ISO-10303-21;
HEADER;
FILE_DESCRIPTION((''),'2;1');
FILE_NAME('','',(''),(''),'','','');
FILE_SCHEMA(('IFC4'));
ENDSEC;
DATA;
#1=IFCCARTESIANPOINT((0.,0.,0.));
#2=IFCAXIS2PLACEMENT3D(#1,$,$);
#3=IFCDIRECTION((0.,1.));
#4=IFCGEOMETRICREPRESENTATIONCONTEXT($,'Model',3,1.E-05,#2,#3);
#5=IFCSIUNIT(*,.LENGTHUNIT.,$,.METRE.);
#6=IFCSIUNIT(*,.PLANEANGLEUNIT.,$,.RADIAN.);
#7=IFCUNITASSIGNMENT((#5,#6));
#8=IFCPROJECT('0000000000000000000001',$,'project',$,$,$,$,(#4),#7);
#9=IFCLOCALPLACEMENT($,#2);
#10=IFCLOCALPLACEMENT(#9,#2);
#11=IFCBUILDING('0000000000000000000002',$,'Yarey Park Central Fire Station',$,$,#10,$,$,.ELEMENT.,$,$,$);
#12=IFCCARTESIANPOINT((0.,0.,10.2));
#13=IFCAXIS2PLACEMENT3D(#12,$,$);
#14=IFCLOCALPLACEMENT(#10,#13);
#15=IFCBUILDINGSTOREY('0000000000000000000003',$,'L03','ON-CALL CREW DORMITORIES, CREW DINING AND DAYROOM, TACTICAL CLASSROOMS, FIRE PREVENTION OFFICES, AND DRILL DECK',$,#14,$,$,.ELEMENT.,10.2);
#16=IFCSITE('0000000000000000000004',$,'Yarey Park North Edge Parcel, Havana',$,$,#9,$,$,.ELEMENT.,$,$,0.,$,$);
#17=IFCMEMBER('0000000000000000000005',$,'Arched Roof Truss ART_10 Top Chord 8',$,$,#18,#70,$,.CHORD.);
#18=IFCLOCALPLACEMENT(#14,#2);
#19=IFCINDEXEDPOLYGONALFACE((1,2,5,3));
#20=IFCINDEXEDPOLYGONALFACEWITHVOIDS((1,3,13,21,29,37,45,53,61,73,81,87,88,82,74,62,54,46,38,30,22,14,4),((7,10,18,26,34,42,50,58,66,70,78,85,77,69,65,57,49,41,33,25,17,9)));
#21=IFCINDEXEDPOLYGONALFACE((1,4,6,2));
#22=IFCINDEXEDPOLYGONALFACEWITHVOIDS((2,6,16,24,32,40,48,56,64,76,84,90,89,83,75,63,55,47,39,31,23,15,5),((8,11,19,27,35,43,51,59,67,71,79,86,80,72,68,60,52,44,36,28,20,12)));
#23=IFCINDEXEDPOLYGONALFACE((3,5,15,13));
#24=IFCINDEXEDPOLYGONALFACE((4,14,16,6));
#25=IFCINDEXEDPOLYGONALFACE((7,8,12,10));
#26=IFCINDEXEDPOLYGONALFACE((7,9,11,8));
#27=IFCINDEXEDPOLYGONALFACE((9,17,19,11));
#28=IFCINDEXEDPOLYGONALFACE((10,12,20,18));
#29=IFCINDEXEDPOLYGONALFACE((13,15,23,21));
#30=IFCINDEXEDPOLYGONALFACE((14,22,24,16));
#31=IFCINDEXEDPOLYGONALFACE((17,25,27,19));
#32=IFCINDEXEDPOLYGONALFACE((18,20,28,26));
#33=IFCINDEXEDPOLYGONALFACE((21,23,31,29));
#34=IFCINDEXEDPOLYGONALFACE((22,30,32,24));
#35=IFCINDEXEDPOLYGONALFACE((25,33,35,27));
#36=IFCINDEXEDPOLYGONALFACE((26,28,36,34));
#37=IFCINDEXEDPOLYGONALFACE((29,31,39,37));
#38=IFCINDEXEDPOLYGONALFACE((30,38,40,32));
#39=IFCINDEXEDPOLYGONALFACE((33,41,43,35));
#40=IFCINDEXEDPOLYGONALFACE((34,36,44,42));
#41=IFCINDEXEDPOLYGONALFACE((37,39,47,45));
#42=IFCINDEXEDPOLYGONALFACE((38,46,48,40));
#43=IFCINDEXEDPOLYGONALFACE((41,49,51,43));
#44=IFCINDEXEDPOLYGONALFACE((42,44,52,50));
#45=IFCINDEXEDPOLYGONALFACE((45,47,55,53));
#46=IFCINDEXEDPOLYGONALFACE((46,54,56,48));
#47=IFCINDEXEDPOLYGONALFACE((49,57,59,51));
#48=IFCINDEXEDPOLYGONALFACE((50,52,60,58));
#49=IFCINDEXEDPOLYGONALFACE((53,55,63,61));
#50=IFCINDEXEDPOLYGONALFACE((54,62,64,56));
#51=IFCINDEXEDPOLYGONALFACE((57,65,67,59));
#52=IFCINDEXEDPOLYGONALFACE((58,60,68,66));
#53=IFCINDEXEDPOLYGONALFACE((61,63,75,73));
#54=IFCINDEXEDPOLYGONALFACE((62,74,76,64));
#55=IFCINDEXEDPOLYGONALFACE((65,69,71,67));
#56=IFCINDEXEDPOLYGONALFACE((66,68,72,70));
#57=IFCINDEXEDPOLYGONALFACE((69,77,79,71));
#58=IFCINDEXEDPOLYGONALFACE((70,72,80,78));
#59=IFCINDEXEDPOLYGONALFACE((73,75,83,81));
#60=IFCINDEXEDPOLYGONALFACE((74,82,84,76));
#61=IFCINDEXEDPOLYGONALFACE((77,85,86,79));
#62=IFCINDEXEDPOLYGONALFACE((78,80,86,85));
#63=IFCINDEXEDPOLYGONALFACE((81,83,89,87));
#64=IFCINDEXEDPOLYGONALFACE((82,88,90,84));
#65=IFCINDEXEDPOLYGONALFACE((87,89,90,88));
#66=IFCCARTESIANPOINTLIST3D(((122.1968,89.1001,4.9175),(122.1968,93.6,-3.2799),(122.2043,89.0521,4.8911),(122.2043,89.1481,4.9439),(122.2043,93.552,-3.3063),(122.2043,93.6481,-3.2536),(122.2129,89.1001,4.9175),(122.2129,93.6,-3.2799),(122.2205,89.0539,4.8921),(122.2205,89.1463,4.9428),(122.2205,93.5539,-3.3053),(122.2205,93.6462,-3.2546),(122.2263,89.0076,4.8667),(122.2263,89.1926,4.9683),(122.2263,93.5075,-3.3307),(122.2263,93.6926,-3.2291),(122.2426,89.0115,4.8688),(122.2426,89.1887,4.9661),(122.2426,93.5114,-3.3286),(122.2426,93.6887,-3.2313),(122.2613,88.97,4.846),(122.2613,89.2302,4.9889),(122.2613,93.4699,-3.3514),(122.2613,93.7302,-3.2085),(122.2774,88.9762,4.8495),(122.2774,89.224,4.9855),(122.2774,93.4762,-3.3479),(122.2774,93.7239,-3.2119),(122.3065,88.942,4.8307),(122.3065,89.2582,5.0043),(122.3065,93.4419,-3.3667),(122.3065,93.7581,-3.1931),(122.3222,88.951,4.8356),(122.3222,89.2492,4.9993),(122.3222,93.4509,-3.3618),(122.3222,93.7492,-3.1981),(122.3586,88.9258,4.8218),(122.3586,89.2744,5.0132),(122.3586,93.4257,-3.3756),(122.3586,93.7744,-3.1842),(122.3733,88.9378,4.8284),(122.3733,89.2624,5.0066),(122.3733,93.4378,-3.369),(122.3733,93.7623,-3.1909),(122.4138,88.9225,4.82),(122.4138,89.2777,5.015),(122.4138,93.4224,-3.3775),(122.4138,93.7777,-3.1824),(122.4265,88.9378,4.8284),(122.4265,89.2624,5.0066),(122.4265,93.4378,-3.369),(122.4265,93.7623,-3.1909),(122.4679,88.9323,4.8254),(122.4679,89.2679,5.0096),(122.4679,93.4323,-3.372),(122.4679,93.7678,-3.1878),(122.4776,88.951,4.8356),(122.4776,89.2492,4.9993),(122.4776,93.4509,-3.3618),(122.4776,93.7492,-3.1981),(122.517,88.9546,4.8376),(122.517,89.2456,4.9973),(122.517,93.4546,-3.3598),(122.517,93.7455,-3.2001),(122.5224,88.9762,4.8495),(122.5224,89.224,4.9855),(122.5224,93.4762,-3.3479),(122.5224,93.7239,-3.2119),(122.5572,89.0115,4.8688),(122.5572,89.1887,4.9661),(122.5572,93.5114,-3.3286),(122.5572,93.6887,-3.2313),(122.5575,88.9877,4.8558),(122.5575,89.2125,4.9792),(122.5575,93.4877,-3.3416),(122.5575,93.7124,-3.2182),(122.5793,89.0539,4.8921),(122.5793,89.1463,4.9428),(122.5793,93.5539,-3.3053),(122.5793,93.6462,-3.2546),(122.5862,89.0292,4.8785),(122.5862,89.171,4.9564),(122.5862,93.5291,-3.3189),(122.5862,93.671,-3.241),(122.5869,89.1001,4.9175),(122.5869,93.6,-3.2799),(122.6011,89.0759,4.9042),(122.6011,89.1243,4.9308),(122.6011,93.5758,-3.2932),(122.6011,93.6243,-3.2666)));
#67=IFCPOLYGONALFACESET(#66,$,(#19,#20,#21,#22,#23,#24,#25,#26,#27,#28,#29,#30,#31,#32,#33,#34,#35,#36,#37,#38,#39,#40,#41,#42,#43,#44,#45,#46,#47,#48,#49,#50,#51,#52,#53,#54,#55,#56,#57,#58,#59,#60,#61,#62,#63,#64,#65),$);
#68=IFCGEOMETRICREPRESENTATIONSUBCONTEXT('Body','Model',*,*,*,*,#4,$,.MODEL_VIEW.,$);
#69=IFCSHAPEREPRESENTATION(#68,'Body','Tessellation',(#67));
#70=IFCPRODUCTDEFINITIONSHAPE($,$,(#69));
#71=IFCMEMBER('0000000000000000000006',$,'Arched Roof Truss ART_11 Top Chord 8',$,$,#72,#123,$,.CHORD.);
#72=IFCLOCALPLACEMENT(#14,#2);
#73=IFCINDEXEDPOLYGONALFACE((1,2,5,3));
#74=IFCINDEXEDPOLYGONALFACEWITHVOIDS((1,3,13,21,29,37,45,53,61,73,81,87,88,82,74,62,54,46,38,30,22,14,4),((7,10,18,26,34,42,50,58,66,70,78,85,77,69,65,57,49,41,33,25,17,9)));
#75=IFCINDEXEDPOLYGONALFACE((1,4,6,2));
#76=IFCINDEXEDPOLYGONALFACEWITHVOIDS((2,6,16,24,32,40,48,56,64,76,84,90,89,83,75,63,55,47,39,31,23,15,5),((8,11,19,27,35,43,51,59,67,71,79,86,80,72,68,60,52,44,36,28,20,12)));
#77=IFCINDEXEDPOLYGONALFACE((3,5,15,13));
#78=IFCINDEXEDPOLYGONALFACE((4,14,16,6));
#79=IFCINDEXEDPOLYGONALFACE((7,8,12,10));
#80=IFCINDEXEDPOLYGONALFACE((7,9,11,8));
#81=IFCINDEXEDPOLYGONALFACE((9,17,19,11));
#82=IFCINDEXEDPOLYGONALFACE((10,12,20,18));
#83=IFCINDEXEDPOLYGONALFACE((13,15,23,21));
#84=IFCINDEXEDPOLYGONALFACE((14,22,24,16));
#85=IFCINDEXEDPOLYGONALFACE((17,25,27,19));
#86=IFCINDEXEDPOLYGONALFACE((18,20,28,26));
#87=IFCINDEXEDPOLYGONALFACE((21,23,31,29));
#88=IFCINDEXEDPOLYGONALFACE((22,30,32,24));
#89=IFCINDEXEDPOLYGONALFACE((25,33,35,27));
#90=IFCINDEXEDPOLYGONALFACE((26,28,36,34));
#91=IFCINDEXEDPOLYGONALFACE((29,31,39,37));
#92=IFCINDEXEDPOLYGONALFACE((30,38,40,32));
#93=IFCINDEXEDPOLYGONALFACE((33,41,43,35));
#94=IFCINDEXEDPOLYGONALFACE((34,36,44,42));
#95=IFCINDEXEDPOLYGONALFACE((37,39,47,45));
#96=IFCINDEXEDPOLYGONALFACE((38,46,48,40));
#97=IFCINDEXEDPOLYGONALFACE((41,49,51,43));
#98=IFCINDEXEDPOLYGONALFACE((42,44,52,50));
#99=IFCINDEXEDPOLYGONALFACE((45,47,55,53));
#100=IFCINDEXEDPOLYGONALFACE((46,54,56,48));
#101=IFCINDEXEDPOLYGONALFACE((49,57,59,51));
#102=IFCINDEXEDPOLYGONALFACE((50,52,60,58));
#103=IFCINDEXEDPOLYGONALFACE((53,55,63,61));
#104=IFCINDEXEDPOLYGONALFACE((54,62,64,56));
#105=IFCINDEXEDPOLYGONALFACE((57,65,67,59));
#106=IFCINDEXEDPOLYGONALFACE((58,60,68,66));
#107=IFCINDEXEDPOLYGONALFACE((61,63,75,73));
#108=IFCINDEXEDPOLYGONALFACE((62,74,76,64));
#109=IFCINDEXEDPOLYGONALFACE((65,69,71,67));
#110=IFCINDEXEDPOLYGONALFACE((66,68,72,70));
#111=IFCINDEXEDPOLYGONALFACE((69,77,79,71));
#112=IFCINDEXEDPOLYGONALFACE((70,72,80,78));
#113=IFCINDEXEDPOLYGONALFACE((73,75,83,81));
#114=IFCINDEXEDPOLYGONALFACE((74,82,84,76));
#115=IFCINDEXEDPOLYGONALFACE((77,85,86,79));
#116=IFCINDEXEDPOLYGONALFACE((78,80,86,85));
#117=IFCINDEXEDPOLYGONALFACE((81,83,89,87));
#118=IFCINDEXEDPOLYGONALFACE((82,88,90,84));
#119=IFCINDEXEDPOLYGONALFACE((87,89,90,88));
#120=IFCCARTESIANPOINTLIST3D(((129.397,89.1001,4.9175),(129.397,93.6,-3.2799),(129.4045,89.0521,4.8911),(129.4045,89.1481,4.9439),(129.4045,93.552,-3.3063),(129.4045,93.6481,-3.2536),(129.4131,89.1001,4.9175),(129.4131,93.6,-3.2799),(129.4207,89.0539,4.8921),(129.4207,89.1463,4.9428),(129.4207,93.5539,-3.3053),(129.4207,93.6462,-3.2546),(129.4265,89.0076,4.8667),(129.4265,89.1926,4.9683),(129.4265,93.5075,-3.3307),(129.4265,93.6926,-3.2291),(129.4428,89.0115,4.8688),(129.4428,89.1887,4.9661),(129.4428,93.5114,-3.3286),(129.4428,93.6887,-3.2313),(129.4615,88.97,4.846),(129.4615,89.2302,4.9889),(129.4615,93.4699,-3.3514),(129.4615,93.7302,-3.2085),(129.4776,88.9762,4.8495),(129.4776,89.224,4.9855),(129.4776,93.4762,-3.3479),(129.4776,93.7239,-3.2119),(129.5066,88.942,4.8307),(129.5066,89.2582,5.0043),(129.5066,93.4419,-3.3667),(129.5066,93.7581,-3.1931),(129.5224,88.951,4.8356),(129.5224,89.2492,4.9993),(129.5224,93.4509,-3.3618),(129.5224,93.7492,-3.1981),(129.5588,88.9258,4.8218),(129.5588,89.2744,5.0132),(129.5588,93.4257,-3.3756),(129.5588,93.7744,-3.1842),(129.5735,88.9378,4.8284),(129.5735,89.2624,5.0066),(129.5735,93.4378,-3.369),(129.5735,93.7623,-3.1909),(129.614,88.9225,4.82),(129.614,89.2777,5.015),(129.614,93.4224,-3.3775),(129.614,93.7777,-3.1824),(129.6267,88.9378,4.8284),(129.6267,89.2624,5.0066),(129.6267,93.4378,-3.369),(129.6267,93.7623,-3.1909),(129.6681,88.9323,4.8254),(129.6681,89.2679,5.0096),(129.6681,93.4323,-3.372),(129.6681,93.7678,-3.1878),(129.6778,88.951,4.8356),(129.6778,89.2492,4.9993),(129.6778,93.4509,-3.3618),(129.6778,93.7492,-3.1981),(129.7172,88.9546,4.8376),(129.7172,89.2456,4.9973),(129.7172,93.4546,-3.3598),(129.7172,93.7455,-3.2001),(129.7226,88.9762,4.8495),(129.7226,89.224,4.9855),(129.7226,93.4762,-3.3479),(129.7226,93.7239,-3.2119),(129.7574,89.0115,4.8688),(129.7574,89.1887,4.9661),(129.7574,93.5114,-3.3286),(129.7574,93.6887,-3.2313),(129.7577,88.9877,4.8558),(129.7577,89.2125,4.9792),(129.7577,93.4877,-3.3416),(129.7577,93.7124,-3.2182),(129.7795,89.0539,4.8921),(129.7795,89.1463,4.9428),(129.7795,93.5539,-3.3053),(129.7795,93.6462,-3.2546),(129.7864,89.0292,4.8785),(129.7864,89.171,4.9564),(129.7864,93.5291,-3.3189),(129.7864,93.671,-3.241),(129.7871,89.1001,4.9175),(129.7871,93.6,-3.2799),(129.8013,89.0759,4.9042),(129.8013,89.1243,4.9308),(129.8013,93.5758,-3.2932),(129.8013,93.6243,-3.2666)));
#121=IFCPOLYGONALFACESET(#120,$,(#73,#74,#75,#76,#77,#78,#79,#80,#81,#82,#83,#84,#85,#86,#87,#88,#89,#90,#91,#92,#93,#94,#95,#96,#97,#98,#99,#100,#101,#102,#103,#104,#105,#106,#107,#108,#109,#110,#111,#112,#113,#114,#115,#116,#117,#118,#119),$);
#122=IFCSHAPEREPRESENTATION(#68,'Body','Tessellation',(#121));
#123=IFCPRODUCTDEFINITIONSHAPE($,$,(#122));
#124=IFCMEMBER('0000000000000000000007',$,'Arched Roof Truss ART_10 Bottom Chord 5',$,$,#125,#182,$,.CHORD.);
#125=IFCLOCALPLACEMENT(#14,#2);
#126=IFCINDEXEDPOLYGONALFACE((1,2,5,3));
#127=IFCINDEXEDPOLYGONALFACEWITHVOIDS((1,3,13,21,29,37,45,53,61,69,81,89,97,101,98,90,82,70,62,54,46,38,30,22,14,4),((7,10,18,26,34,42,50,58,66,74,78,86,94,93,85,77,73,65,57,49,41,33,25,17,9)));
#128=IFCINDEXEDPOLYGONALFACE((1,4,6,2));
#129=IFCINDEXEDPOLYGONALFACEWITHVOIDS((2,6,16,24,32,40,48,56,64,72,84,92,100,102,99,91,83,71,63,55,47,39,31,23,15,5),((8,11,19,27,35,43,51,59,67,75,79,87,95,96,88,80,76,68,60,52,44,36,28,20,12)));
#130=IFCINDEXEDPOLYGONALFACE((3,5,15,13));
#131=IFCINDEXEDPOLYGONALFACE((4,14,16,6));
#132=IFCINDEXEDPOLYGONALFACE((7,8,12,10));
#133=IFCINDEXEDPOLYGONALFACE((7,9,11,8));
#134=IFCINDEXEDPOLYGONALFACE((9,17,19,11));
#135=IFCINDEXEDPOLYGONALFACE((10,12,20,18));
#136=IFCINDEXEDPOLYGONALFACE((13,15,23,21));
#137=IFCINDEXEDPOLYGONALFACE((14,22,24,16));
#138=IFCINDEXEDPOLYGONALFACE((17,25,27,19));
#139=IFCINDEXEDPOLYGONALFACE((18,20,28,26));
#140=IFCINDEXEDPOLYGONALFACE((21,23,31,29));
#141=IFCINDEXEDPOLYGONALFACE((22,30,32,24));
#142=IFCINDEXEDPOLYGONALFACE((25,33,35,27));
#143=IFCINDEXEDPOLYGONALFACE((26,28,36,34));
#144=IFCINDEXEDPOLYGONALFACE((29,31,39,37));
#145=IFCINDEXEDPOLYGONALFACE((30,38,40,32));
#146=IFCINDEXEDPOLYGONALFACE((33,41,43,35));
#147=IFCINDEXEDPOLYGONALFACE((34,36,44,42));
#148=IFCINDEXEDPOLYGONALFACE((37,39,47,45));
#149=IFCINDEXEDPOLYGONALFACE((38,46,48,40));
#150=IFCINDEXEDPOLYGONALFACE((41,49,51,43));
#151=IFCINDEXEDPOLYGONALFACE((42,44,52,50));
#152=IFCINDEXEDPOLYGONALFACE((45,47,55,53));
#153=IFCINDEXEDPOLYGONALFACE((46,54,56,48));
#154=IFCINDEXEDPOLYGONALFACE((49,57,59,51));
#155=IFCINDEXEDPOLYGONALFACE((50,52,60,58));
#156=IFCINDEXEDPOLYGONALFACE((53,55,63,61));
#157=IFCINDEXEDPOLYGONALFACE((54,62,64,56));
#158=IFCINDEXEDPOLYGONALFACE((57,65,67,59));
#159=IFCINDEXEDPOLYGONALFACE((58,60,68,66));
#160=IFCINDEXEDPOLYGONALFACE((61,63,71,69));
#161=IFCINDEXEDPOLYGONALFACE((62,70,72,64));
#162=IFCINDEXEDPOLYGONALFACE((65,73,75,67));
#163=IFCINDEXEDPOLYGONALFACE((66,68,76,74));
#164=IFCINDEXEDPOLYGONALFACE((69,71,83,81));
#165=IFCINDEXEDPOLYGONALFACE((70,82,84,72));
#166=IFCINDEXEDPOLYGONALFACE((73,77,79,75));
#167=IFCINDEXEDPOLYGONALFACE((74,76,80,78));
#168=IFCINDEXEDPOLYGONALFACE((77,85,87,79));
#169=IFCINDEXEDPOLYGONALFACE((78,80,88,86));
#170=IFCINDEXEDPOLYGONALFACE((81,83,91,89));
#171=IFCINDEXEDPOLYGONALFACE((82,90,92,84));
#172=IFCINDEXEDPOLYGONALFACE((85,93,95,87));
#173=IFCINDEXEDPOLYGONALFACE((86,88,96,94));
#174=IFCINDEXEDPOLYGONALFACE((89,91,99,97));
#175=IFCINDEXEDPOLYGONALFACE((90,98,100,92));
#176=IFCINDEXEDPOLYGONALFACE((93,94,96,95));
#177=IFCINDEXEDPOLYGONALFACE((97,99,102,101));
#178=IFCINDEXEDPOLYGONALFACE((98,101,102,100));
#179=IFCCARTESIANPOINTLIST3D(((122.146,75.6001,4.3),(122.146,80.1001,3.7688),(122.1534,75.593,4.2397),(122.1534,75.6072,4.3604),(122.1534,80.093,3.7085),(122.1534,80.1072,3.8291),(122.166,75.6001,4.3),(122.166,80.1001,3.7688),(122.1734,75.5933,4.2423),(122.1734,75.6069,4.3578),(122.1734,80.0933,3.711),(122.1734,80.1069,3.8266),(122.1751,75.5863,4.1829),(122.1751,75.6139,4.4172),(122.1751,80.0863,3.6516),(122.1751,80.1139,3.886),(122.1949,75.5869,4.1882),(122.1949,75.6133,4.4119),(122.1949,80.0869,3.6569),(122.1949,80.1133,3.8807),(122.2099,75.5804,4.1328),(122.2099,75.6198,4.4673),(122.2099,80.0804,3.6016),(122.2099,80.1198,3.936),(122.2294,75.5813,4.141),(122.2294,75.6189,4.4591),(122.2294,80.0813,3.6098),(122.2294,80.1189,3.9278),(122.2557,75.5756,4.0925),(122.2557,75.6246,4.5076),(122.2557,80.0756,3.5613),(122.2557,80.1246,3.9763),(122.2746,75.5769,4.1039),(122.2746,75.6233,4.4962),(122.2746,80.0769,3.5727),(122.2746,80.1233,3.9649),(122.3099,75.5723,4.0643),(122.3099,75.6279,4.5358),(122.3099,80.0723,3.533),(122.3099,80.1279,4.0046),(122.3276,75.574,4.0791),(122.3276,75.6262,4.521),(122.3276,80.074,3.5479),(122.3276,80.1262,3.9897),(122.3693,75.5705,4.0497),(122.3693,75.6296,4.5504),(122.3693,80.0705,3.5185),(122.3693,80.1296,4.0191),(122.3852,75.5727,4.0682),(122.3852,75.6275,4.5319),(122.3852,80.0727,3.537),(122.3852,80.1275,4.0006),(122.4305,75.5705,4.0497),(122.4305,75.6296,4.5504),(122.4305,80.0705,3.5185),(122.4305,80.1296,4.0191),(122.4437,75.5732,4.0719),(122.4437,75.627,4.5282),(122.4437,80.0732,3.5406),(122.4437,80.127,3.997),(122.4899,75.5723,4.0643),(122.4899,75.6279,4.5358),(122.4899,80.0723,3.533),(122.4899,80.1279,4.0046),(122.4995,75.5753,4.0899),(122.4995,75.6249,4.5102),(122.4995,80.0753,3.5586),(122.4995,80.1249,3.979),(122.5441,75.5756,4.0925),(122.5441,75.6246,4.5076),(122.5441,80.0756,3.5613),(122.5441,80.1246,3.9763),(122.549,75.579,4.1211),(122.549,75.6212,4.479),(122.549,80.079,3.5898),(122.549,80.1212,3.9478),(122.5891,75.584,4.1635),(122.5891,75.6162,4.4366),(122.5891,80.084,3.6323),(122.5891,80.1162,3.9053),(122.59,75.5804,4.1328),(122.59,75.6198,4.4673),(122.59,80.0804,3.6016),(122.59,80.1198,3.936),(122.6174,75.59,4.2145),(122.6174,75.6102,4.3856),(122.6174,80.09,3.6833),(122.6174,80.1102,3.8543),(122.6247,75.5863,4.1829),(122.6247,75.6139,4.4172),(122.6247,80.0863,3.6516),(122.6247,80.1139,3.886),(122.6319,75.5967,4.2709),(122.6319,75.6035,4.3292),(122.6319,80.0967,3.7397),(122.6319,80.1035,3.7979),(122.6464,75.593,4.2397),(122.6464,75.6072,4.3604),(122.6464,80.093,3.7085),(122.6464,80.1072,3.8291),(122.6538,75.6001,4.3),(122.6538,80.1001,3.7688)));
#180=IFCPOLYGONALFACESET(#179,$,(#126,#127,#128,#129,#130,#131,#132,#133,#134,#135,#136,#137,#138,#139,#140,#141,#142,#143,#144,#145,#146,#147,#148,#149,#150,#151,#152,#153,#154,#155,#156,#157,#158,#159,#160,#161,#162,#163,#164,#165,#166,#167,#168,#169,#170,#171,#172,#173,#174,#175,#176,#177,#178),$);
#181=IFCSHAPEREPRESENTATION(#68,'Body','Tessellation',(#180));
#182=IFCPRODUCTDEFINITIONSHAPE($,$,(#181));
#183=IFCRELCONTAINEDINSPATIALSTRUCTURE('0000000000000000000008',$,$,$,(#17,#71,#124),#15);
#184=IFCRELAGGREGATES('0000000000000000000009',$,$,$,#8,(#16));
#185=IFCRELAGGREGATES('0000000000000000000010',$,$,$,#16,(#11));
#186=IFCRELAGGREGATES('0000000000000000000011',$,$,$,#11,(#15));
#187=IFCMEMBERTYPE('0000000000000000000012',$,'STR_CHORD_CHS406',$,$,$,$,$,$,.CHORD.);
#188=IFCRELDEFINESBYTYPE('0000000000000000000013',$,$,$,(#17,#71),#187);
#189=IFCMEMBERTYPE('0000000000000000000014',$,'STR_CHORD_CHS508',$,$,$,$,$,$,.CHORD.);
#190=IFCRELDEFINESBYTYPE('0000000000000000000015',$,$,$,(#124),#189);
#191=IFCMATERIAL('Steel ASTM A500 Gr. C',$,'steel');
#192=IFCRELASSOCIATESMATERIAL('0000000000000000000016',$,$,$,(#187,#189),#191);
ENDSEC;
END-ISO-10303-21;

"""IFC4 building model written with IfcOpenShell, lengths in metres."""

from ifc_helpers import new_model, si_unit, direction, frame, origin, origin_2d, place, context, subcontext, project, spatial, hollow_circle, extrude, material, material_profile, profile_set, type_object, element, save


model = new_model("IFC4")

# Units and contexts
model_context = context("Model", 3, precision=1e-05, world=origin(), true_north=direction((0.0, 1.0)))
body_context = subcontext(model_context, "Body", "Model", "MODEL_VIEW")
ifc_project = project(units=[si_unit("LENGTHUNIT", "METRE"), si_unit("PLANEANGLEUNIT", "RADIAN")], contexts=[model_context])

# Site, building, storey
site_placement = place(None, origin())
site = spatial("IfcSite", under=ifc_project, at=site_placement, Name="Yarey Park North Edge Parcel, Havana", CompositionType="ELEMENT", RefElevation=0.0)
building_placement = place(site_placement, origin())
building = spatial("IfcBuilding", under=site, at=building_placement, Name="Yarey Park Central Fire Station", CompositionType="ELEMENT")
storey_placement = place(building_placement, frame((0.0, 0.0, 10.2)))
storey = spatial("IfcBuildingStorey", under=building, at=storey_placement, Name="L03", Description="ON-CALL CREW DORMITORIES, CREW DINING AND DAYROOM, TACTICAL CLASSROOMS, FIRE PREVENTION OFFICES, AND DRILL DECK", CompositionType="ELEMENT", Elevation=10.2)

# Members
ifc_material_1 = material(Name="Steel ASTM A500 Gr. C", Category="steel")
ifc_material_profile_1 = material_profile(ifc_material_1, hollow_circle(Radius=0.2031, WallThickness=0.0161, at=origin_2d()), Name="CHS 406.4x16")
ifc_profile_set_1 = profile_set([ifc_material_profile_1], Name="Steel ASTM A500 Gr. C")
member_type_1 = type_object("IfcMemberType", Name="STR_CHORD_CHS406", PredefinedType="CHORD", material=ifc_profile_set_1)
for number, where, z_axis, x_axis, name in (
    (1, (122.3999, 89.1001, 4.9175), (0.0, 0.48121, -0.876605), (-1.0, 0.0, 0.0), "Arched Roof Truss ART_10 Top Chord 8"),
    (2, (129.6001, 89.1001, 4.9175), (0.0, 0.48121, -0.876605), (-1.0, 0.0, 0.0), "Arched Roof Truss ART_11 Top Chord 8"),
):
    element("IfcMember", number, at=place(storey_placement, frame(where, z_axis=z_axis, x_axis=x_axis)), inside=storey, type_object=member_type_1, Name=name, PredefinedType="CHORD", context=body_context, shape_type="SweptSolid", body=[
        extrude(hollow_circle(Radius=0.2031, WallThickness=0.0161, at=origin_2d()), origin(), (0.0, 0.0, 1.0), 9.3513),
    ])
ifc_material_profile_2 = material_profile(ifc_material_1, hollow_circle(Radius=0.2539, WallThickness=0.02, at=origin_2d()), Name="CHS 508x20")
ifc_profile_set_2 = profile_set([ifc_material_profile_2], Name="Steel ASTM A500 Gr. C")
member_type_2 = type_object("IfcMemberType", Name="STR_CHORD_CHS508", PredefinedType="CHORD", material=ifc_profile_set_2)
member_1_placement = place(storey_placement, frame((122.3999, 75.6001, 4.3), z_axis=(0.0, 0.993103, -0.117241), x_axis=(-1.0, 0.0, 0.0)))
element("IfcMember", 3, at=member_1_placement, inside=storey, type_object=member_type_2, Name="Arched Roof Truss ART_10 Bottom Chord 5", PredefinedType="CHORD", context=body_context, shape_type="SweptSolid", body=[
    extrude(hollow_circle(Radius=0.2539, WallThickness=0.02, at=origin_2d()), origin(), (0.0, 0.0, 1.0), 4.5312),
])

save(model, "model.ifc")
